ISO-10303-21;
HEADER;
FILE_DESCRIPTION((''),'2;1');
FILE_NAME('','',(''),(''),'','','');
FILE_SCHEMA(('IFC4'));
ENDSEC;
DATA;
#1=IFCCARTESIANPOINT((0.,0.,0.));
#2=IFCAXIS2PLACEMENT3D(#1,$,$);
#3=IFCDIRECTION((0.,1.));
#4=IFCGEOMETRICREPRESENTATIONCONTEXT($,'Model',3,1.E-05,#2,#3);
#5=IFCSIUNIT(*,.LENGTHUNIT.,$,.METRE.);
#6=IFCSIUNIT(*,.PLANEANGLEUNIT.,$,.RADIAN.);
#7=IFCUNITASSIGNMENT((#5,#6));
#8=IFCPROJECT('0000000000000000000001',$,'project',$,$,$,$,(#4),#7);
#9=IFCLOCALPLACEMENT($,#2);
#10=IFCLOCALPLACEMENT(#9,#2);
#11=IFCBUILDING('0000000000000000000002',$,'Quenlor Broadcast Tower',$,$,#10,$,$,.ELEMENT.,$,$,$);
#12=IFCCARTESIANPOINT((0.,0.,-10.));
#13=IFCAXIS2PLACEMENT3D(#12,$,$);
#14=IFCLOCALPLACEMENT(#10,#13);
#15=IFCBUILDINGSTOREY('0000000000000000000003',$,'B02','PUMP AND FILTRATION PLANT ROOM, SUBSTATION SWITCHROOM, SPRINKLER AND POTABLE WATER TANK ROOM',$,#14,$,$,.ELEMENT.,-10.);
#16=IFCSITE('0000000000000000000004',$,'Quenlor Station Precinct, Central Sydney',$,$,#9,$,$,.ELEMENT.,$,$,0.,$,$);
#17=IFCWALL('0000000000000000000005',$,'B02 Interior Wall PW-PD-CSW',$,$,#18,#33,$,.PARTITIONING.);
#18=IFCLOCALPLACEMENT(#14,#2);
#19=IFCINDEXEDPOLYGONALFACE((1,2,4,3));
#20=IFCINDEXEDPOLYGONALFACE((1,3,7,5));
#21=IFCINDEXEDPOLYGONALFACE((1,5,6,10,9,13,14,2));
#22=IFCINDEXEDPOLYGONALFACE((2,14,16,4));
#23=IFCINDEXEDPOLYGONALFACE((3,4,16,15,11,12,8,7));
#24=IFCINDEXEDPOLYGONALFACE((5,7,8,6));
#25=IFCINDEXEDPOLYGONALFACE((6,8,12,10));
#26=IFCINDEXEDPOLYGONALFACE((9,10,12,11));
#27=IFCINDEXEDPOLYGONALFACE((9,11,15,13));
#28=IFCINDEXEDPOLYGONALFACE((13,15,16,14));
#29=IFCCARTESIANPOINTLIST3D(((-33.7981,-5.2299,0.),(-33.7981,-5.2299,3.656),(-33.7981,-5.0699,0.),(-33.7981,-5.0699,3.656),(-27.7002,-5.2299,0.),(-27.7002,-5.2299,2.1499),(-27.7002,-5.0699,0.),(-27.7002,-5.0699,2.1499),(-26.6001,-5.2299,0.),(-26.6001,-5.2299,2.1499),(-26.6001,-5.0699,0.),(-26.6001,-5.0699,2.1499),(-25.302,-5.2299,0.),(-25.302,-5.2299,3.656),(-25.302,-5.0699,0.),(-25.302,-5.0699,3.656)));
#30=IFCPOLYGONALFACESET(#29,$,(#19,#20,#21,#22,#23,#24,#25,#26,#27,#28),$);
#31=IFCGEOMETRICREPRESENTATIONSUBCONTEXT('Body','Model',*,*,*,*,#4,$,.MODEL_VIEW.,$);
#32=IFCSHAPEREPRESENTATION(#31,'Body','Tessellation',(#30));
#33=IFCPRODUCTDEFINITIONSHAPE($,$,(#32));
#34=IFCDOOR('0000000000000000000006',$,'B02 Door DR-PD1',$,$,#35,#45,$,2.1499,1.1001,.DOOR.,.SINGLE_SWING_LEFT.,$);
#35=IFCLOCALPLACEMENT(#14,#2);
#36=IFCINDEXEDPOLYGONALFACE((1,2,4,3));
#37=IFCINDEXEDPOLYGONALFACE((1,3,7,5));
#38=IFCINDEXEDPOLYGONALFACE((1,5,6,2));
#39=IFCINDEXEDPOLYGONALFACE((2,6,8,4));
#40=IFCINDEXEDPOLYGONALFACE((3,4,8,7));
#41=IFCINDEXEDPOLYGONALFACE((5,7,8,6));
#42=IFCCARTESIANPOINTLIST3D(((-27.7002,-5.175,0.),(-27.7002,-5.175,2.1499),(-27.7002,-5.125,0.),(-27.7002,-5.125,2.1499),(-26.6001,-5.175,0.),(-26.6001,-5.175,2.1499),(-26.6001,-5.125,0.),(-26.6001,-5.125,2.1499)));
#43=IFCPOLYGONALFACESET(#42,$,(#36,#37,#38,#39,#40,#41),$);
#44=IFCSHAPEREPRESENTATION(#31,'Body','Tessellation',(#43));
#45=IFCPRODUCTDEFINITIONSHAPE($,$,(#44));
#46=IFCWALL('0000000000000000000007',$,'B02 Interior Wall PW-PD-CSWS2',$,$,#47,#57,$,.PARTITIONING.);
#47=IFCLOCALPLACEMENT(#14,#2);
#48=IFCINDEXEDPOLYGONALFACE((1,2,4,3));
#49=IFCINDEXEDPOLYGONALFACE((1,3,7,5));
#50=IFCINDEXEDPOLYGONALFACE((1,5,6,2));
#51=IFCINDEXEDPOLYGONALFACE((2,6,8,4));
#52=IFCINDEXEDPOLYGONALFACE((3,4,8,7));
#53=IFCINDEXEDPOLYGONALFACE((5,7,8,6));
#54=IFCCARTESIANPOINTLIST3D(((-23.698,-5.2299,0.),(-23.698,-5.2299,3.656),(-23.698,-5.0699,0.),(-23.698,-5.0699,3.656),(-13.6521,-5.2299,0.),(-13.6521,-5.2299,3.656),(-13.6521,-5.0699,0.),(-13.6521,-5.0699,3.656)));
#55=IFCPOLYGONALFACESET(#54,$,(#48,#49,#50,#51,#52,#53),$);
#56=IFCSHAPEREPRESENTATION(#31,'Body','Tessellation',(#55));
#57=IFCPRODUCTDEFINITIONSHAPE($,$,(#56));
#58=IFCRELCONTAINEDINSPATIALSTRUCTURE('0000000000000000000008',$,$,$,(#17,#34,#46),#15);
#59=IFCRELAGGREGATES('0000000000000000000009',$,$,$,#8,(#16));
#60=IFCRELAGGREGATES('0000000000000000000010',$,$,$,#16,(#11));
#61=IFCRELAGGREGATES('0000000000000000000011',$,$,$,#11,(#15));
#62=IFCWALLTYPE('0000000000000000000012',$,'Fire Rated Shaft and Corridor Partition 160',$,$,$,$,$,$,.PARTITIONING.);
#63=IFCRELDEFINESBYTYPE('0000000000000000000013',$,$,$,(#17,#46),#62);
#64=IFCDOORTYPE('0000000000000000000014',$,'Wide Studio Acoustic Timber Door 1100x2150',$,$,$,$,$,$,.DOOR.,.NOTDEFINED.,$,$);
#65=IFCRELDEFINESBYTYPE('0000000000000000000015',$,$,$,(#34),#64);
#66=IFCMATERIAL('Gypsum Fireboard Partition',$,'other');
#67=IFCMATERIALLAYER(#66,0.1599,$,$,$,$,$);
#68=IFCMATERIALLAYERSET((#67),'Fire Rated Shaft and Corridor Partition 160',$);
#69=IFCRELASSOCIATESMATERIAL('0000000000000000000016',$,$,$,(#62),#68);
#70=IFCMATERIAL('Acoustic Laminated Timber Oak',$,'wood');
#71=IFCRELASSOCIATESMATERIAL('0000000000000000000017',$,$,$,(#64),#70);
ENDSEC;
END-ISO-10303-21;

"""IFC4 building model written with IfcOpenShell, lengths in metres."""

from ifc_helpers import new_model, si_unit, direction, frame, frame_2d, origin, place, context, subcontext, project, spatial, rectangle, extrude, material, layer, layer_set, type_object, element, fill, save


model = new_model("IFC4")

# Units and contexts
model_context = context("Model", 3, precision=1e-05, world=origin(), true_north=direction((0.0, 1.0)))
body_context = subcontext(model_context, "Body", "Model", "MODEL_VIEW")
ifc_project = project(units=[si_unit("LENGTHUNIT", "METRE"), si_unit("PLANEANGLEUNIT", "RADIAN")], contexts=[model_context])

# Site, building, storey
site_placement = place(None, origin())
site = spatial("IfcSite", under=ifc_project, at=site_placement, Name="Quenlor Station Precinct, Central Sydney", CompositionType="ELEMENT", RefElevation=0.0)
building_placement = place(site_placement, origin())
building = spatial("IfcBuilding", under=site, at=building_placement, Name="Quenlor Broadcast Tower", CompositionType="ELEMENT")
storey_placement = place(building_placement, frame((0.0, 0.0, -10.0)))
storey = spatial("IfcBuildingStorey", under=building, at=storey_placement, Name="B02", Description="PUMP AND FILTRATION PLANT ROOM, SUBSTATION SWITCHROOM, SPRINKLER AND POTABLE WATER TANK ROOM", CompositionType="ELEMENT", Elevation=-10.0)

# Wall, opening, door
ifc_material_1 = material(Name="Gypsum Fireboard Partition", Category="other")
ifc_layer_1 = layer(ifc_material_1, 0.1599)
ifc_layer_set_1 = layer_set([ifc_layer_1], Name="Fire Rated Shaft and Corridor Partition 160")
wall_type = type_object("IfcWallType", Name="Fire Rated Shaft and Corridor Partition 160", PredefinedType="PARTITIONING", material=ifc_layer_set_1)
wall_1_placement = place(storey_placement, frame((-33.7981, -5.1499, 0.0), z_axis=(0.0, 0.0, 1.0), x_axis=(1.0, 0.0, 0.0)))
wall_1 = element("IfcWall", 1, at=wall_1_placement, inside=storey, type_object=wall_type, Name="B02 Interior Wall PW-PD-CSW", PredefinedType="PARTITIONING", context=body_context, shape_type="SweptSolid", body=[
    extrude(rectangle(XDim=8.4961, YDim=0.1599, at=frame_2d((4.248, 0.0))), origin(), (0.0, 0.0, 1.0), 3.656),
])
opening_placement = place(wall_1_placement, frame((6.0979, 0.0, 0.0)))
opening = element("IfcOpeningElement", 2, at=opening_placement, cuts=wall_1, PredefinedType="OPENING", context=body_context, shape_type="SweptSolid", body=[
    extrude(rectangle(XDim=1.1001, YDim=2.1499, at=frame_2d((0.55, 1.075))), frame((0.0, 0.0898, 0.0), z_axis=(0.0, -1.0, 0.0), x_axis=(1.0, 0.0, 0.0)), (0.0, 0.0, 1.0), 0.1799),
])
ifc_material_2 = material(Name="Acoustic Laminated Timber Oak", Category="wood")
door_type = type_object("IfcDoorType", Name="Wide Studio Acoustic Timber Door 1100x2150", OperationType="NOTDEFINED", PredefinedType="DOOR", material=ifc_material_2)
door_placement = place(opening_placement, origin())
door = element("IfcDoor", 3, at=door_placement, inside=storey, type_object=door_type, Name="B02 Door DR-PD1", OperationType="SINGLE_SWING_LEFT", OverallHeight=2.1499, OverallWidth=1.1001, PredefinedType="DOOR", context=body_context, shape_type="SweptSolid", body=[
    extrude(rectangle(XDim=1.1001, YDim=2.1499, at=frame_2d((0.55, 1.075))), frame((0.0, 0.0249, 0.0), z_axis=(0.0, -1.0, 0.0), x_axis=(1.0, 0.0, 0.0)), (0.0, 0.0, 1.0), 0.05),
])
fill(opening, door)

# Wall
wall_2_placement = place(storey_placement, frame((-23.698, -5.1499, 0.0), z_axis=(0.0, 0.0, 1.0), x_axis=(1.0, 0.0, 0.0)))
element("IfcWall", 4, at=wall_2_placement, inside=storey, type_object=wall_type, Name="B02 Interior Wall PW-PD-CSWS2", PredefinedType="PARTITIONING", context=body_context, shape_type="SweptSolid", body=[
    extrude(rectangle(XDim=10.0459, YDim=0.1599, at=frame_2d((5.0229, 0.0))), origin(), (0.0, 0.0, 1.0), 3.656),
])

save(model, "model.ifc")
